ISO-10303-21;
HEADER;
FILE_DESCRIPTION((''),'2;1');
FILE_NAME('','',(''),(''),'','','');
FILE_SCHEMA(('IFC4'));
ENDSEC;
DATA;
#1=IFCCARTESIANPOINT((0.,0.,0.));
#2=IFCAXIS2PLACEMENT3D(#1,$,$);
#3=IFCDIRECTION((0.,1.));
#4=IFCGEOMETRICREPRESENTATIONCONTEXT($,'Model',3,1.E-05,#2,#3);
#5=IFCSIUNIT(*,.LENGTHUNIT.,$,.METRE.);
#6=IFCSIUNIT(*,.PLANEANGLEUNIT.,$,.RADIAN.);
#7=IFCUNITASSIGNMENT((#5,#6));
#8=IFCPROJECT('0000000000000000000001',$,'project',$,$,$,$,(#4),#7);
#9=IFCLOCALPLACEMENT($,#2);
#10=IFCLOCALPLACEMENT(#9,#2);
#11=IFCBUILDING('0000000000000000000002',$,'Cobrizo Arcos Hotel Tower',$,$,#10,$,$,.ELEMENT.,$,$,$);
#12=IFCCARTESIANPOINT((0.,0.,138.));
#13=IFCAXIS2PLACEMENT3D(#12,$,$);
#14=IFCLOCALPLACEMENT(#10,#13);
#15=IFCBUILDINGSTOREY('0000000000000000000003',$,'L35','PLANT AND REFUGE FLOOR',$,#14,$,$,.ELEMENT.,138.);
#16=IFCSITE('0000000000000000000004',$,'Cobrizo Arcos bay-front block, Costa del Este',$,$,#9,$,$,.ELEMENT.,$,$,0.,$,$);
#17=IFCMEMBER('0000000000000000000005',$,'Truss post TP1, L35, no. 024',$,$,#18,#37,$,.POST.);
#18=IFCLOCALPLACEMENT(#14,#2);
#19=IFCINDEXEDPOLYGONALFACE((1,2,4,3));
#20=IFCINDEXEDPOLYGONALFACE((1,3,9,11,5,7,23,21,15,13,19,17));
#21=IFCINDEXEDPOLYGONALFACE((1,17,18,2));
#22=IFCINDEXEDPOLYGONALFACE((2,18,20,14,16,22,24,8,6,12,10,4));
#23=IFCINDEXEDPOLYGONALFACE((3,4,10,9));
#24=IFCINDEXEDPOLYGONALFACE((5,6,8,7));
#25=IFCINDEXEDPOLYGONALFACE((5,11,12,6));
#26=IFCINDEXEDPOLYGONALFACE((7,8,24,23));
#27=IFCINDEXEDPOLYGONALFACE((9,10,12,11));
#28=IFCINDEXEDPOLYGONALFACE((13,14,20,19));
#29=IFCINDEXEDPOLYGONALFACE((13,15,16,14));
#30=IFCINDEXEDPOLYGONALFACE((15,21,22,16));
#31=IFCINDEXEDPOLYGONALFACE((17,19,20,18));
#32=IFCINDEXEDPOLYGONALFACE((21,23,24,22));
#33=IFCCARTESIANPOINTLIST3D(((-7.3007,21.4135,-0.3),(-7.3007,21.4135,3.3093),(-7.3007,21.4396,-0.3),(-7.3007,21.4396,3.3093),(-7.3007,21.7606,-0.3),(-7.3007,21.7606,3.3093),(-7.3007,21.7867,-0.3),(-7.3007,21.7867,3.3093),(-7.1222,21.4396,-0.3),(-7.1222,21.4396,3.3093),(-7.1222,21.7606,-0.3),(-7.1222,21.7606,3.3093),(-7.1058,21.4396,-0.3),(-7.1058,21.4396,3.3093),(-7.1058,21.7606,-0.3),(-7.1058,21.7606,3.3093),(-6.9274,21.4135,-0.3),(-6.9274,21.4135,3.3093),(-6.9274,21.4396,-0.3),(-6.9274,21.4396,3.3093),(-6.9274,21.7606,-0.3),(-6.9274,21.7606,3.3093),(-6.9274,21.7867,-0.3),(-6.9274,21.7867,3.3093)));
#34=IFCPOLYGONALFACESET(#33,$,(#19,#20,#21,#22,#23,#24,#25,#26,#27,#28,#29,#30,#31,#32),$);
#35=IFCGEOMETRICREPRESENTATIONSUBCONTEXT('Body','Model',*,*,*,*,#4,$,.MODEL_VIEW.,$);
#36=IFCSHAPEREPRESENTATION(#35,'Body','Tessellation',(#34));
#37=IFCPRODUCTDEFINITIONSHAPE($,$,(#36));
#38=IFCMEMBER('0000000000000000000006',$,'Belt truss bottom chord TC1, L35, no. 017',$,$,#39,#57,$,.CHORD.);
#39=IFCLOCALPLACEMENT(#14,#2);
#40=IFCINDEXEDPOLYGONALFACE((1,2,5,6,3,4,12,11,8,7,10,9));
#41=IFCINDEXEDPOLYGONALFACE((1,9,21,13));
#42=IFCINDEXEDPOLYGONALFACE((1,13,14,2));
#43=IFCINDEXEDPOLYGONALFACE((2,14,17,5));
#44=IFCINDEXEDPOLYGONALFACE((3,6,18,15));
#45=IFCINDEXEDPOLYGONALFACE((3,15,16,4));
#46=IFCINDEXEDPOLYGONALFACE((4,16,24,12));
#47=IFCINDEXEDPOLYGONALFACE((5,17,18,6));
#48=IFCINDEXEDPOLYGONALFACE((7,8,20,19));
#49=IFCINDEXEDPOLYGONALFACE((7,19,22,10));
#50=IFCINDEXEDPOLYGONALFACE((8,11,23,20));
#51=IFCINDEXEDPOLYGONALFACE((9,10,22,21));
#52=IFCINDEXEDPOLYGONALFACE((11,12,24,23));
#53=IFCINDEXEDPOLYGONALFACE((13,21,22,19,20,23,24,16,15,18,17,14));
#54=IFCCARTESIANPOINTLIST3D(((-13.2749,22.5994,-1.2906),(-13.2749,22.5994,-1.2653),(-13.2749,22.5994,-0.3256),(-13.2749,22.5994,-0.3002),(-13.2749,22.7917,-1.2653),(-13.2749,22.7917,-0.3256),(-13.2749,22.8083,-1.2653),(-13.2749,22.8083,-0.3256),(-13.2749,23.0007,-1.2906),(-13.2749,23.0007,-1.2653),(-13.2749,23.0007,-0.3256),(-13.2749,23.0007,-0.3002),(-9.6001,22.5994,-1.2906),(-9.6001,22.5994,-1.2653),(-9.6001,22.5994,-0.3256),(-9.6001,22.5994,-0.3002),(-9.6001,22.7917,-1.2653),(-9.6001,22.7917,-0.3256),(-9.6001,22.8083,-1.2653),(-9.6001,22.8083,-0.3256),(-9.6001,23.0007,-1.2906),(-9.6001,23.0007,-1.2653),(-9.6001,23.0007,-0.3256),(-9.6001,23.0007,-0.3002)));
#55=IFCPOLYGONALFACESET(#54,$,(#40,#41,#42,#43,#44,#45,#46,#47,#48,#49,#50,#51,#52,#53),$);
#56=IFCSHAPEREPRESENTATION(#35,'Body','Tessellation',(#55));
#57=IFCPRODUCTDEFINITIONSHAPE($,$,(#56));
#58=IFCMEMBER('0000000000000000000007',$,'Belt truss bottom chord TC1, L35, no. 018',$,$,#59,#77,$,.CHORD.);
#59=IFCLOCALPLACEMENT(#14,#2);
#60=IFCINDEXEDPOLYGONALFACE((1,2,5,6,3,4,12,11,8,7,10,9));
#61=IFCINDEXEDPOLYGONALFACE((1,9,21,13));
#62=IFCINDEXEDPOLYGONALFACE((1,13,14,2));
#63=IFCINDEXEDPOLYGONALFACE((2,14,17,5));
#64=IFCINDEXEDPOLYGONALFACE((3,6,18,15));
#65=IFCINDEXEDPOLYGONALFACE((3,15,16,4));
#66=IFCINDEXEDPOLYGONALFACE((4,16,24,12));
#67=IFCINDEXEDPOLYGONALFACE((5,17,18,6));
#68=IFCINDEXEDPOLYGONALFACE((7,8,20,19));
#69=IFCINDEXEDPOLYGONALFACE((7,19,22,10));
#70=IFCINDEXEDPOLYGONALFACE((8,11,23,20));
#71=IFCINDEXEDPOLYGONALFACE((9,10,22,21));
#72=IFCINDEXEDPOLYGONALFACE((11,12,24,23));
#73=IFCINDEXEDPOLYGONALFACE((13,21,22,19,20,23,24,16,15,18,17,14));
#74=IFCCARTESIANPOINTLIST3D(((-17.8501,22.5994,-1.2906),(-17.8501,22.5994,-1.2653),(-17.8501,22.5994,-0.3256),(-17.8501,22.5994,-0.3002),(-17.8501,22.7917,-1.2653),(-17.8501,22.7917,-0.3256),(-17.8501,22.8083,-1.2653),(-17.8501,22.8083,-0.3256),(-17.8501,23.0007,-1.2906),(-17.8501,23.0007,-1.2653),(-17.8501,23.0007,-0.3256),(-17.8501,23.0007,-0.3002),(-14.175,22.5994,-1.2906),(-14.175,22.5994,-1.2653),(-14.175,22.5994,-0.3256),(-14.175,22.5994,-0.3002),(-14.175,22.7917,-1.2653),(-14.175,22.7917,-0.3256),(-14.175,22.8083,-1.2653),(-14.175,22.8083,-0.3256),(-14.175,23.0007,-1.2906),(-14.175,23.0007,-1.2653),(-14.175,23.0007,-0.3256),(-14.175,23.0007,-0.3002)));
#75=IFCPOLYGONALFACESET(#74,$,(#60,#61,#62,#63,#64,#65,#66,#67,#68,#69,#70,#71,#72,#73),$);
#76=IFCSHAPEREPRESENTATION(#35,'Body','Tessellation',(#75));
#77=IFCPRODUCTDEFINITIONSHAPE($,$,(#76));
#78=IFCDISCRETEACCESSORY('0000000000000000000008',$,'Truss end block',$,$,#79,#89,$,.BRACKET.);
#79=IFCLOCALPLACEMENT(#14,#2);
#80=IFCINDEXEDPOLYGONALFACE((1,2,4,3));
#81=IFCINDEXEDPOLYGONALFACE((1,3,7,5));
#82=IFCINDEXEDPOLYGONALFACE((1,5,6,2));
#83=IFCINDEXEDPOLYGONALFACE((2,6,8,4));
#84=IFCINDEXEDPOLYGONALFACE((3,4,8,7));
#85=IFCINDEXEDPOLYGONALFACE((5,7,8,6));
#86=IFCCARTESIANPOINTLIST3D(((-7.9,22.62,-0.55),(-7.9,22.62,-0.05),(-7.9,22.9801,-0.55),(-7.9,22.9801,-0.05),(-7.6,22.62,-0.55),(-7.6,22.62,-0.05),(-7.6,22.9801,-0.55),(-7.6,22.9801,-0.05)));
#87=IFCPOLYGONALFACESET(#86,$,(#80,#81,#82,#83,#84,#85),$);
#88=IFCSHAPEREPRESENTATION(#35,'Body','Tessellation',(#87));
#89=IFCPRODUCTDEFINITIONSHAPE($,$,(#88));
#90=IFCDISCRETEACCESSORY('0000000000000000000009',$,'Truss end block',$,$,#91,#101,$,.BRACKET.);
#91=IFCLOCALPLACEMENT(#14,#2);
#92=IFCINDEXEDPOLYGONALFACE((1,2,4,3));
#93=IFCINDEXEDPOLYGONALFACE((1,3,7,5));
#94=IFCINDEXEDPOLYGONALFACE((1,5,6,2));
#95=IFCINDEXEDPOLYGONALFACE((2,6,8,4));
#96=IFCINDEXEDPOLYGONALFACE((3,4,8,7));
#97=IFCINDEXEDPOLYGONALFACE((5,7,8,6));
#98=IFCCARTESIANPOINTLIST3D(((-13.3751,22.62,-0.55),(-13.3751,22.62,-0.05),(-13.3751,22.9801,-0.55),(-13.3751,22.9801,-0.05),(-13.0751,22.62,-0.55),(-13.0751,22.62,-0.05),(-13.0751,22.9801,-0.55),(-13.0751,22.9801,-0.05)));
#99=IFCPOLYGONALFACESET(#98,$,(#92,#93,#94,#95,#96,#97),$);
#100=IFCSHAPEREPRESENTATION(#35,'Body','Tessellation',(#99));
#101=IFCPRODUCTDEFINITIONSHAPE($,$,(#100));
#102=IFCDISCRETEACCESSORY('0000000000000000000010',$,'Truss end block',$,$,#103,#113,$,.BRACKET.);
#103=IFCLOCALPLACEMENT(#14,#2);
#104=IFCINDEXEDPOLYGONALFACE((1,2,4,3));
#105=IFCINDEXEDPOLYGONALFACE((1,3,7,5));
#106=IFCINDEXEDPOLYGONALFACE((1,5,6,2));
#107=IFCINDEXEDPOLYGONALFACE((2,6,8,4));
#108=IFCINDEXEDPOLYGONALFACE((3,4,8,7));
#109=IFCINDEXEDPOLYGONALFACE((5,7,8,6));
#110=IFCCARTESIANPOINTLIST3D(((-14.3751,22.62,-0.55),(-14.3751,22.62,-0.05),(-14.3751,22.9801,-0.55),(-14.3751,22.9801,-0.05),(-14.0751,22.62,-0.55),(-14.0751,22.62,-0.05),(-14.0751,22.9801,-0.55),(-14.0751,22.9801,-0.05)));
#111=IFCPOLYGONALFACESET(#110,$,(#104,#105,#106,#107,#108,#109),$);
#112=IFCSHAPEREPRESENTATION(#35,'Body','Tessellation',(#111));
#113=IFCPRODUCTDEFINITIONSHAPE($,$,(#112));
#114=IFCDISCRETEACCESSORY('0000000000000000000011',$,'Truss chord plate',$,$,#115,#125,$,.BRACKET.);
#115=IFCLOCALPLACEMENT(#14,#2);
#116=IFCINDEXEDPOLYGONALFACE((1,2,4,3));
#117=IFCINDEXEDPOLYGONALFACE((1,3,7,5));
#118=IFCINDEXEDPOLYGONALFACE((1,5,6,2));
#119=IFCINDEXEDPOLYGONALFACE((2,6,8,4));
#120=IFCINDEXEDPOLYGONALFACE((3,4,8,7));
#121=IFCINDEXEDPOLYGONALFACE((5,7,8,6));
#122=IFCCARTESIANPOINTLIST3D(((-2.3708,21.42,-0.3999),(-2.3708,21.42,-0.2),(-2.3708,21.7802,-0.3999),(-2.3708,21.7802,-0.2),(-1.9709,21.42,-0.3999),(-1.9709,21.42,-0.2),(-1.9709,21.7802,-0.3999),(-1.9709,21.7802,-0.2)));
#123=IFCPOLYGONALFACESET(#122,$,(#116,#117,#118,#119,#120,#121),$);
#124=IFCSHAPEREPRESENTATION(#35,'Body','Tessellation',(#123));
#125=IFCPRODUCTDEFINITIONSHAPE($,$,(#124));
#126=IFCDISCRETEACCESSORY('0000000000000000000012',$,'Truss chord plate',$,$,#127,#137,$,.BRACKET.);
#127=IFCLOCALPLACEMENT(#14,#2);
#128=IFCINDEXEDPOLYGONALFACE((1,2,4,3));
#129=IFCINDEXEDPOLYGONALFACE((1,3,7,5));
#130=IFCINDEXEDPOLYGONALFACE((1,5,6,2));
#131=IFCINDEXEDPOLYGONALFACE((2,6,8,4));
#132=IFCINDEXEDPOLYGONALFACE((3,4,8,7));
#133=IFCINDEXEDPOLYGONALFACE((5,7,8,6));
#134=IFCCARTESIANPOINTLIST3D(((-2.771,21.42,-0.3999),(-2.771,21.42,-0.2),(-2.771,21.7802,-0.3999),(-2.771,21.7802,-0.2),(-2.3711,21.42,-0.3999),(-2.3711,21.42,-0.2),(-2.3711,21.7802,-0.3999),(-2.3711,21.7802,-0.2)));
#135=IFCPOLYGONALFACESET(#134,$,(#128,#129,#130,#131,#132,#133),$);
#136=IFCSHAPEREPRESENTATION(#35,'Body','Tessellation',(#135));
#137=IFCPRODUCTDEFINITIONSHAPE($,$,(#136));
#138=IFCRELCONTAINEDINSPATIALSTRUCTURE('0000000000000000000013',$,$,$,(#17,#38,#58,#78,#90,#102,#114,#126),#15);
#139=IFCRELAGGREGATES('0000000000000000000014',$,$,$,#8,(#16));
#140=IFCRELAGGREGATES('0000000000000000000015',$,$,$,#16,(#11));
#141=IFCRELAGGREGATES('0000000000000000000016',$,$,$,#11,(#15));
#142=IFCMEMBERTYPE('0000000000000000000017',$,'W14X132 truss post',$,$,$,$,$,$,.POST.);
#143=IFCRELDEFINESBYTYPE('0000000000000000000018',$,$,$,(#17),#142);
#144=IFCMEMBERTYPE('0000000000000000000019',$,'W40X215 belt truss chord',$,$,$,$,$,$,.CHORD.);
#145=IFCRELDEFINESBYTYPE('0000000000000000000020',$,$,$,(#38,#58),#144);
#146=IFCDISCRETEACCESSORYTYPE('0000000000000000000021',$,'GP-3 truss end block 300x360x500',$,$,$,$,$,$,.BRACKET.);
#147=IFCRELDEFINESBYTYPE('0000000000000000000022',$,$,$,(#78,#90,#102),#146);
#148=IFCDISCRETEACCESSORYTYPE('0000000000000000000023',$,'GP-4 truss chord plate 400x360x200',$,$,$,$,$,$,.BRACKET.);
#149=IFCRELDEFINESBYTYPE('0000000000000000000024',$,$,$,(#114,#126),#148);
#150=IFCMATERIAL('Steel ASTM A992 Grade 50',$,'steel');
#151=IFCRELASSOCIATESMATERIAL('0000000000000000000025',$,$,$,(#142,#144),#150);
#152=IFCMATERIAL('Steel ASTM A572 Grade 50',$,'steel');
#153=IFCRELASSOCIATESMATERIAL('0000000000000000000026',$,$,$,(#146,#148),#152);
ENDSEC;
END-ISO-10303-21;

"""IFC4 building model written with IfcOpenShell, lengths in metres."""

from ifc_helpers import new_model, si_unit, direction, frame, origin, origin_2d, place, context, subcontext, project, spatial, rectangle, i_section, extrude, material, material_profile, profile_set, type_object, element, save


model = new_model("IFC4")

# Units and contexts
model_context = context("Model", 3, precision=1e-05, world=origin(), true_north=direction((0.0, 1.0)))
body_context = subcontext(model_context, "Body", "Model", "MODEL_VIEW")
ifc_project = project(units=[si_unit("LENGTHUNIT", "METRE"), si_unit("PLANEANGLEUNIT", "RADIAN")], contexts=[model_context])

# Site, building, storey
site_placement = place(None, origin())
site = spatial("IfcSite", under=ifc_project, at=site_placement, Name="Cobrizo Arcos bay-front block, Costa del Este", CompositionType="ELEMENT", RefElevation=0.0)
building_placement = place(site_placement, origin())
building = spatial("IfcBuilding", under=site, at=building_placement, Name="Cobrizo Arcos Hotel Tower", CompositionType="ELEMENT")
storey_placement = place(building_placement, frame((0.0, 0.0, 138.0)))
storey = spatial("IfcBuildingStorey", under=building, at=storey_placement, Name="L35", Description="PLANT AND REFUGE FLOOR", CompositionType="ELEMENT", Elevation=138.0)

# Shared definitions
ifc_material_1 = material(Name="Steel ASTM A572 Grade 50", Category="steel")

# Members
ifc_material_2 = material(Name="Steel ASTM A992 Grade 50", Category="steel")
ifc_material_profile_1 = material_profile(ifc_material_2, i_section(OverallWidth=0.3733, OverallDepth=0.3733, WebThickness=0.0164, FlangeThickness=0.0261, at=origin_2d()), Name="W14X132")
ifc_profile_set_1 = profile_set([ifc_material_profile_1], Name="Steel ASTM A992 Grade 50")
member_type_1 = type_object("IfcMemberType", Name="W14X132 truss post", PredefinedType="POST", material=ifc_profile_set_1)
for number, where, z_axis, x_axis, name in (
    (1, (-7.114, 21.6001, -0.3), (0.0, 0.0, 1.0), (1.0, 0.0, 0.0), "Truss post TP1, L35, no. 024"),
):
    element("IfcMember", number, at=place(storey_placement, frame(where, z_axis=z_axis, x_axis=x_axis)), inside=storey, type_object=member_type_1, Name=name, PredefinedType="POST", context=body_context, shape_type="SweptSolid", body=[
        extrude(i_section(OverallWidth=0.3733, OverallDepth=0.3733, WebThickness=0.0164, FlangeThickness=0.0261, at=origin_2d()), origin(), (0.0, 0.0, 1.0), 3.6094),
    ])
ifc_material_profile_2 = material_profile(ifc_material_2, i_section(OverallWidth=0.4014, OverallDepth=0.9905, WebThickness=0.0166, FlangeThickness=0.0254, at=origin_2d()), Name="W40X215")
ifc_profile_set_2 = profile_set([ifc_material_profile_2], Name="Steel ASTM A992 Grade 50")
member_type_2 = type_object("IfcMemberType", Name="W40X215 belt truss chord", PredefinedType="CHORD", material=ifc_profile_set_2)
member_1_placement = place(storey_placement, frame((-9.6001, 22.8, -0.7954), z_axis=(-1.0, 0.0, 0.0), x_axis=(0.0, -1.0, 0.0)))
element("IfcMember", 2, at=member_1_placement, inside=storey, type_object=member_type_2, Name="Belt truss bottom chord TC1, L35, no. 017", PredefinedType="CHORD", context=body_context, shape_type="SweptSolid", body=[
    extrude(i_section(OverallWidth=0.4014, OverallDepth=0.9905, WebThickness=0.0166, FlangeThickness=0.0254, at=origin_2d()), origin(), (0.0, 0.0, 1.0), 3.6748),
])
member_2_placement = place(storey_placement, frame((-14.175, 22.8, -0.7954), z_axis=(-1.0, 0.0, 0.0), x_axis=(0.0, -1.0, 0.0)))
element("IfcMember", 3, at=member_2_placement, inside=storey, type_object=member_type_2, Name="Belt truss bottom chord TC1, L35, no. 018", PredefinedType="CHORD", context=body_context, shape_type="SweptSolid", body=[
    extrude(i_section(OverallWidth=0.4014, OverallDepth=0.9905, WebThickness=0.0166, FlangeThickness=0.0254, at=origin_2d()), origin(), (0.0, 0.0, 1.0), 3.675),
])

# Discrete accessories
discrete_accessory_type_1 = type_object("IfcDiscreteAccessoryType", Name="GP-3 truss end block 300x360x500", PredefinedType="BRACKET", material=ifc_material_1)
for number, where, z_axis, x_axis, name in (
    (4, (-7.75, 22.8, -0.55), (0.0, 0.0, 1.0), (1.0, 0.0, 0.0), "Truss end block"),
    (5, (-13.2251, 22.8, -0.55), (0.0, 0.0, 1.0), (1.0, 0.0, 0.0), "Truss end block"),
    (6, (-14.2251, 22.8, -0.55), (0.0, 0.0, 1.0), (-1.0, 0.0, 0.0), "Truss end block"),
):
    element("IfcDiscreteAccessory", number, at=place(storey_placement, frame(where, z_axis=z_axis, x_axis=x_axis)), inside=storey, type_object=discrete_accessory_type_1, Name=name, PredefinedType="BRACKET", context=body_context, shape_type="SweptSolid", body=[
        extrude(rectangle(XDim=0.3, YDim=0.3601, at=origin_2d()), origin(), (0.0, 0.0, 1.0), 0.5),
    ])
discrete_accessory_type_2 = type_object("IfcDiscreteAccessoryType", Name="GP-4 truss chord plate 400x360x200", PredefinedType="BRACKET", material=ifc_material_1)
for number, where, z_axis, x_axis, name in (
    (7, (-2.1709, 21.6001, -0.3999), (0.0, 0.0, 1.0), (-1.0, 0.0, 0.0), "Truss chord plate"),
    (8, (-2.571, 21.6001, -0.3999), (0.0, 0.0, 1.0), (-1.0, 0.0, 0.0), "Truss chord plate"),
):
    element("IfcDiscreteAccessory", number, at=place(storey_placement, frame(where, z_axis=z_axis, x_axis=x_axis)), inside=storey, type_object=discrete_accessory_type_2, Name=name, PredefinedType="BRACKET", context=body_context, shape_type="SweptSolid", body=[
        extrude(rectangle(XDim=0.3999, YDim=0.3601, at=origin_2d()), origin(), (0.0, 0.0, 1.0), 0.2),
    ])

save(model, "model.ifc")
